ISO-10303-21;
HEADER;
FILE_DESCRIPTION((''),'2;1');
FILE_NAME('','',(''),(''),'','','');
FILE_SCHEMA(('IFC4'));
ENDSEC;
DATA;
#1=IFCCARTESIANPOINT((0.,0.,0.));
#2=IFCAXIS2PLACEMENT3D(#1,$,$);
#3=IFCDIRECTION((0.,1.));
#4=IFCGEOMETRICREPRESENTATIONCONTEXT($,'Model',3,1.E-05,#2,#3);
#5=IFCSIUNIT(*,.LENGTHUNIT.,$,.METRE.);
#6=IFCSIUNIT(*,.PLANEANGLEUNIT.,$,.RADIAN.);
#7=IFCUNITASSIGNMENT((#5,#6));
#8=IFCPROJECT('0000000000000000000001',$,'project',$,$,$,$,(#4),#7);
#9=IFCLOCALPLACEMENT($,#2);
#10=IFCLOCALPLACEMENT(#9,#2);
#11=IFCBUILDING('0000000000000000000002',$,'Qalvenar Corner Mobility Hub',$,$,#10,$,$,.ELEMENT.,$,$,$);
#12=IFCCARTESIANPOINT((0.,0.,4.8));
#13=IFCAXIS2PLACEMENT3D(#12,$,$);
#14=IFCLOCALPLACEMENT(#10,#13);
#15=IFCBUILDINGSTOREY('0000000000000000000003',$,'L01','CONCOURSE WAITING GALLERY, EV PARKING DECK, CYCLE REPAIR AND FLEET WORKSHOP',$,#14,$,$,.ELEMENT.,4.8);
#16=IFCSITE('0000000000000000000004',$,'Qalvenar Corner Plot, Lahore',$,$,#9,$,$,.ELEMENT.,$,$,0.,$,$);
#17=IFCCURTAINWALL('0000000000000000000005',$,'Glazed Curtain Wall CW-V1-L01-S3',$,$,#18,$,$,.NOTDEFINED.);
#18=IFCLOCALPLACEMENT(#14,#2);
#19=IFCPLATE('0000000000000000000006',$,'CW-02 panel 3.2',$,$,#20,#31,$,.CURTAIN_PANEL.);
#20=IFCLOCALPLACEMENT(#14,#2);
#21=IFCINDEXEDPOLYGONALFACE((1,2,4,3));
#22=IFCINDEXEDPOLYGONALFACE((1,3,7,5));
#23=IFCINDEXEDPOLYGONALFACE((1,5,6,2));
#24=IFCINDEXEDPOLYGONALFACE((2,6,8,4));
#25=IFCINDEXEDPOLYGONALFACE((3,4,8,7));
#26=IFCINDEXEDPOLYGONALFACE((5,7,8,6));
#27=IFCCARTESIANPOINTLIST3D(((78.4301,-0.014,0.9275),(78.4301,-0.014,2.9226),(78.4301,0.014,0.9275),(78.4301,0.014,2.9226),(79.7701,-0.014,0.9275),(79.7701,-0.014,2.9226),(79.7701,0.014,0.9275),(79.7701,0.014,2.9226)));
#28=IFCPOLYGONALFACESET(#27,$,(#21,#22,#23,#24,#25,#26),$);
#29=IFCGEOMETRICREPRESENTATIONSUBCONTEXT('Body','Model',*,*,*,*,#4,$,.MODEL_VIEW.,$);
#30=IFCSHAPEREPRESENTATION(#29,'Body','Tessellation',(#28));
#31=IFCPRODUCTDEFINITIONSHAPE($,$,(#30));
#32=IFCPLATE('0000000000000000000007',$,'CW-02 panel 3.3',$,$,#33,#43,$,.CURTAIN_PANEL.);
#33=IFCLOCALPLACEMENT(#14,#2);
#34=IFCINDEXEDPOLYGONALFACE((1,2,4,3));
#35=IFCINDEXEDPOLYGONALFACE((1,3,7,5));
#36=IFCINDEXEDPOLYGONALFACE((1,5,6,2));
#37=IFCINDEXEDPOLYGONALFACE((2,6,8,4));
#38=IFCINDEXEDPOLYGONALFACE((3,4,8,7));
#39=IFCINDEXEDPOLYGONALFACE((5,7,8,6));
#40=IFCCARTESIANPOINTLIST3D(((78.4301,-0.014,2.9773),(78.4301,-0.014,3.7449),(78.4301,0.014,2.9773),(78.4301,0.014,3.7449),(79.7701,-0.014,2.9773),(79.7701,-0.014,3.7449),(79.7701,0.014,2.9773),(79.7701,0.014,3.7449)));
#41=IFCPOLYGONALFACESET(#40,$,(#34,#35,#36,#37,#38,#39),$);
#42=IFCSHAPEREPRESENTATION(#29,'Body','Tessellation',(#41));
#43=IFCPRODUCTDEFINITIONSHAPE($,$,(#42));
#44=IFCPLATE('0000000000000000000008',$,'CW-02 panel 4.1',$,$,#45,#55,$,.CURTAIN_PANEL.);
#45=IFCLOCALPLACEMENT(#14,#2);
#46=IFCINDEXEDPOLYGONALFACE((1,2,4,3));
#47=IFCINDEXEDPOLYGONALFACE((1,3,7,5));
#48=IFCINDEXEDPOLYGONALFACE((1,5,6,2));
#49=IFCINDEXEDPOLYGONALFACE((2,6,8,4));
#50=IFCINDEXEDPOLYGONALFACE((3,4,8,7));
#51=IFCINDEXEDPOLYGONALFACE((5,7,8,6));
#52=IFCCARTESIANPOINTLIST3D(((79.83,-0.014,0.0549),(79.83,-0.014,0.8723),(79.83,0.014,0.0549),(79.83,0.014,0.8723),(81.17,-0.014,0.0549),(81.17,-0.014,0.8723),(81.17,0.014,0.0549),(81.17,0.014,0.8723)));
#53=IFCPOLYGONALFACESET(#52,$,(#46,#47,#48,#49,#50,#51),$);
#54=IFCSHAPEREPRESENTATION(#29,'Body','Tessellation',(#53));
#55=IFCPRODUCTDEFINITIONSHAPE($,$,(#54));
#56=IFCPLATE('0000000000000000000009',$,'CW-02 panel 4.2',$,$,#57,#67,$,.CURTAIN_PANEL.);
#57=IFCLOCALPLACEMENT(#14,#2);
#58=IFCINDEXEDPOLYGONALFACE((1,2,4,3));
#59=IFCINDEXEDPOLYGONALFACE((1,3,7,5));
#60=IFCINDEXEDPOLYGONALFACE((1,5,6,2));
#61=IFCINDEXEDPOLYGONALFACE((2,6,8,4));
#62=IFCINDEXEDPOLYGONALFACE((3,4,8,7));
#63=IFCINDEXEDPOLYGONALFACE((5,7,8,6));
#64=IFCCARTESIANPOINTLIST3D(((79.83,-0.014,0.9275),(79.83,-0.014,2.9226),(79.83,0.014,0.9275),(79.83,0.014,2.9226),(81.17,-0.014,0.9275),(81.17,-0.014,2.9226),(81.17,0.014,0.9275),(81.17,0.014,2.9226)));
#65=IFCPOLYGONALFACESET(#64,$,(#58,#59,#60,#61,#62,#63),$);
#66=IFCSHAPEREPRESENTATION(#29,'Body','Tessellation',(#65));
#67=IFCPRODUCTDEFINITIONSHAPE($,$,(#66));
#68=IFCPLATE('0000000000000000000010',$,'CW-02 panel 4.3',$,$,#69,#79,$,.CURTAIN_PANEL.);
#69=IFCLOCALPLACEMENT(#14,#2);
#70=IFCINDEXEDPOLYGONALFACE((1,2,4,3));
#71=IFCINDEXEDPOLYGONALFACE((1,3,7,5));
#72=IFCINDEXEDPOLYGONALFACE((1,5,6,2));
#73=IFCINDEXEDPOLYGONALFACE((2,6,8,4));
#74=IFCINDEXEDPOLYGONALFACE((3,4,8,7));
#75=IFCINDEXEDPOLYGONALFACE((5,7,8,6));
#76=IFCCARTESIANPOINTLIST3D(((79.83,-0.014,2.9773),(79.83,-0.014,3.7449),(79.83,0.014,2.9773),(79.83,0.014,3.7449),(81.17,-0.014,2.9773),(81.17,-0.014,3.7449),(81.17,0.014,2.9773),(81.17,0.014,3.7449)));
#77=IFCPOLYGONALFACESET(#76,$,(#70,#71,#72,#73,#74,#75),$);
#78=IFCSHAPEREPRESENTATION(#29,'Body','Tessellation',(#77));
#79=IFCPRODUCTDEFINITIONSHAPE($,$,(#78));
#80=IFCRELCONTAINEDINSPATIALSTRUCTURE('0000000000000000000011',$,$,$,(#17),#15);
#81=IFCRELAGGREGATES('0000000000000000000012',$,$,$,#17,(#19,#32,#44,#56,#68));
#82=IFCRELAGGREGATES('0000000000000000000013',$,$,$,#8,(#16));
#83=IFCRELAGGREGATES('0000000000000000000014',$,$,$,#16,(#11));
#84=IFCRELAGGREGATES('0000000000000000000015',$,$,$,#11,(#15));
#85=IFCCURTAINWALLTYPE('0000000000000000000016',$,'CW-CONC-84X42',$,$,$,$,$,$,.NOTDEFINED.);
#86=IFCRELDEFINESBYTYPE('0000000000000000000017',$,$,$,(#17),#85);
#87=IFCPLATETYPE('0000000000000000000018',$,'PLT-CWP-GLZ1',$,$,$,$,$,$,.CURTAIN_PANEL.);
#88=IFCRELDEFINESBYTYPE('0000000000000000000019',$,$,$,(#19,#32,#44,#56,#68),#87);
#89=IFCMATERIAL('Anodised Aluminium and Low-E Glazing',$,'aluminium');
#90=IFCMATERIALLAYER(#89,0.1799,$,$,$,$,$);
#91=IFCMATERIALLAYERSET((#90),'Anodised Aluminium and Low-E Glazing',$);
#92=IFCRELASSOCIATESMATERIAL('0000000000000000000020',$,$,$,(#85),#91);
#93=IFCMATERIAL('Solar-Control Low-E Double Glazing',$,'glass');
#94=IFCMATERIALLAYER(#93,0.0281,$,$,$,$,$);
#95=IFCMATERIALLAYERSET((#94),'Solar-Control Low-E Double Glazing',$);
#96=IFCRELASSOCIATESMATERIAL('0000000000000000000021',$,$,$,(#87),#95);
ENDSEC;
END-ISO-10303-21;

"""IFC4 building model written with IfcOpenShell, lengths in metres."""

from ifc_helpers import new_model, si_unit, direction, frame, origin, origin_2d, place, context, subcontext, project, spatial, rectangle, extrude, material, layer, layer_set, type_object, element, aggregate, save


model = new_model("IFC4")

# Units and contexts
model_context = context("Model", 3, precision=1e-05, world=origin(), true_north=direction((0.0, 1.0)))
body_context = subcontext(model_context, "Body", "Model", "MODEL_VIEW")
ifc_project = project(units=[si_unit("LENGTHUNIT", "METRE"), si_unit("PLANEANGLEUNIT", "RADIAN")], contexts=[model_context])

# Site, building, storey
site_placement = place(None, origin())
site = spatial("IfcSite", under=ifc_project, at=site_placement, Name="Qalvenar Corner Plot, Lahore", CompositionType="ELEMENT", RefElevation=0.0)
building_placement = place(site_placement, origin())
building = spatial("IfcBuilding", under=site, at=building_placement, Name="Qalvenar Corner Mobility Hub", CompositionType="ELEMENT")
storey_placement = place(building_placement, frame((0.0, 0.0, 4.8)))
storey = spatial("IfcBuildingStorey", under=building, at=storey_placement, Name="L01", Description="CONCOURSE WAITING GALLERY, EV PARKING DECK, CYCLE REPAIR AND FLEET WORKSHOP", CompositionType="ELEMENT", Elevation=4.8)

# Curtain wall, plates
ifc_material_1 = material(Name="Anodised Aluminium and Low-E Glazing", Category="aluminium")
ifc_layer_1 = layer(ifc_material_1, 0.1799)
ifc_layer_set_1 = layer_set([ifc_layer_1], Name="Anodised Aluminium and Low-E Glazing")
curtain_wall_type = type_object("IfcCurtainWallType", Name="CW-CONC-84X42", PredefinedType="NOTDEFINED", material=ifc_layer_set_1)
curtain_wall_placement = place(storey_placement, origin())
curtain_wall = element("IfcCurtainWall", 1, at=curtain_wall_placement, inside=storey, type_object=curtain_wall_type, Name="Glazed Curtain Wall CW-V1-L01-S3", PredefinedType="NOTDEFINED")
ifc_material_2 = material(Name="Solar-Control Low-E Double Glazing", Category="glass")
ifc_layer_2 = layer(ifc_material_2, 0.0281)
ifc_layer_set_2 = layer_set([ifc_layer_2], Name="Solar-Control Low-E Double Glazing")
plate_type = type_object("IfcPlateType", Name="PLT-CWP-GLZ1", PredefinedType="CURTAIN_PANEL", material=ifc_layer_set_2)
plate_1_placement = place(storey_placement, frame((79.1001, 0.0, 0.9275), z_axis=(0.0, 0.0, 1.0), x_axis=(1.0, 0.0, 0.0)))
plate_1 = element("IfcPlate", 2, at=plate_1_placement, type_object=plate_type, Name="CW-02 panel 3.2", PredefinedType="CURTAIN_PANEL", context=body_context, shape_type="SweptSolid", body=[
    extrude(rectangle(XDim=1.3401, YDim=0.0281, at=origin_2d()), origin(), (0.0, 0.0, 1.0), 1.9951),
])
plate_2_placement = place(storey_placement, frame((79.1001, 0.0, 2.9773), z_axis=(0.0, 0.0, 1.0), x_axis=(1.0, 0.0, 0.0)))
plate_2 = element("IfcPlate", 3, at=plate_2_placement, type_object=plate_type, Name="CW-02 panel 3.3", PredefinedType="CURTAIN_PANEL", context=body_context, shape_type="SweptSolid", body=[
    extrude(rectangle(XDim=1.3401, YDim=0.0281, at=origin_2d()), origin(), (0.0, 0.0, 1.0), 0.7676),
])
plate_3_placement = place(storey_placement, frame((80.5, 0.0, 0.0549), z_axis=(0.0, 0.0, 1.0), x_axis=(1.0, 0.0, 0.0)))
plate_3 = element("IfcPlate", 4, at=plate_3_placement, type_object=plate_type, Name="CW-02 panel 4.1", PredefinedType="CURTAIN_PANEL", context=body_context, shape_type="SweptSolid", body=[
    extrude(rectangle(XDim=1.3401, YDim=0.0281, at=origin_2d()), origin(), (0.0, 0.0, 1.0), 0.8174),
])
plate_4_placement = place(storey_placement, frame((80.5, 0.0, 0.9275), z_axis=(0.0, 0.0, 1.0), x_axis=(1.0, 0.0, 0.0)))
plate_4 = element("IfcPlate", 5, at=plate_4_placement, type_object=plate_type, Name="CW-02 panel 4.2", PredefinedType="CURTAIN_PANEL", context=body_context, shape_type="SweptSolid", body=[
    extrude(rectangle(XDim=1.3401, YDim=0.0281, at=origin_2d()), origin(), (0.0, 0.0, 1.0), 1.9951),
])
plate_5_placement = place(storey_placement, frame((80.5, 0.0, 2.9773), z_axis=(0.0, 0.0, 1.0), x_axis=(1.0, 0.0, 0.0)))
plate_5 = element("IfcPlate", 6, at=plate_5_placement, type_object=plate_type, Name="CW-02 panel 4.3", PredefinedType="CURTAIN_PANEL", context=body_context, shape_type="SweptSolid", body=[
    extrude(rectangle(XDim=1.3401, YDim=0.0281, at=origin_2d()), origin(), (0.0, 0.0, 1.0), 0.7676),
])
aggregate(curtain_wall, [plate_1, plate_2, plate_3, plate_4, plate_5])

save(model, "model.ifc")
